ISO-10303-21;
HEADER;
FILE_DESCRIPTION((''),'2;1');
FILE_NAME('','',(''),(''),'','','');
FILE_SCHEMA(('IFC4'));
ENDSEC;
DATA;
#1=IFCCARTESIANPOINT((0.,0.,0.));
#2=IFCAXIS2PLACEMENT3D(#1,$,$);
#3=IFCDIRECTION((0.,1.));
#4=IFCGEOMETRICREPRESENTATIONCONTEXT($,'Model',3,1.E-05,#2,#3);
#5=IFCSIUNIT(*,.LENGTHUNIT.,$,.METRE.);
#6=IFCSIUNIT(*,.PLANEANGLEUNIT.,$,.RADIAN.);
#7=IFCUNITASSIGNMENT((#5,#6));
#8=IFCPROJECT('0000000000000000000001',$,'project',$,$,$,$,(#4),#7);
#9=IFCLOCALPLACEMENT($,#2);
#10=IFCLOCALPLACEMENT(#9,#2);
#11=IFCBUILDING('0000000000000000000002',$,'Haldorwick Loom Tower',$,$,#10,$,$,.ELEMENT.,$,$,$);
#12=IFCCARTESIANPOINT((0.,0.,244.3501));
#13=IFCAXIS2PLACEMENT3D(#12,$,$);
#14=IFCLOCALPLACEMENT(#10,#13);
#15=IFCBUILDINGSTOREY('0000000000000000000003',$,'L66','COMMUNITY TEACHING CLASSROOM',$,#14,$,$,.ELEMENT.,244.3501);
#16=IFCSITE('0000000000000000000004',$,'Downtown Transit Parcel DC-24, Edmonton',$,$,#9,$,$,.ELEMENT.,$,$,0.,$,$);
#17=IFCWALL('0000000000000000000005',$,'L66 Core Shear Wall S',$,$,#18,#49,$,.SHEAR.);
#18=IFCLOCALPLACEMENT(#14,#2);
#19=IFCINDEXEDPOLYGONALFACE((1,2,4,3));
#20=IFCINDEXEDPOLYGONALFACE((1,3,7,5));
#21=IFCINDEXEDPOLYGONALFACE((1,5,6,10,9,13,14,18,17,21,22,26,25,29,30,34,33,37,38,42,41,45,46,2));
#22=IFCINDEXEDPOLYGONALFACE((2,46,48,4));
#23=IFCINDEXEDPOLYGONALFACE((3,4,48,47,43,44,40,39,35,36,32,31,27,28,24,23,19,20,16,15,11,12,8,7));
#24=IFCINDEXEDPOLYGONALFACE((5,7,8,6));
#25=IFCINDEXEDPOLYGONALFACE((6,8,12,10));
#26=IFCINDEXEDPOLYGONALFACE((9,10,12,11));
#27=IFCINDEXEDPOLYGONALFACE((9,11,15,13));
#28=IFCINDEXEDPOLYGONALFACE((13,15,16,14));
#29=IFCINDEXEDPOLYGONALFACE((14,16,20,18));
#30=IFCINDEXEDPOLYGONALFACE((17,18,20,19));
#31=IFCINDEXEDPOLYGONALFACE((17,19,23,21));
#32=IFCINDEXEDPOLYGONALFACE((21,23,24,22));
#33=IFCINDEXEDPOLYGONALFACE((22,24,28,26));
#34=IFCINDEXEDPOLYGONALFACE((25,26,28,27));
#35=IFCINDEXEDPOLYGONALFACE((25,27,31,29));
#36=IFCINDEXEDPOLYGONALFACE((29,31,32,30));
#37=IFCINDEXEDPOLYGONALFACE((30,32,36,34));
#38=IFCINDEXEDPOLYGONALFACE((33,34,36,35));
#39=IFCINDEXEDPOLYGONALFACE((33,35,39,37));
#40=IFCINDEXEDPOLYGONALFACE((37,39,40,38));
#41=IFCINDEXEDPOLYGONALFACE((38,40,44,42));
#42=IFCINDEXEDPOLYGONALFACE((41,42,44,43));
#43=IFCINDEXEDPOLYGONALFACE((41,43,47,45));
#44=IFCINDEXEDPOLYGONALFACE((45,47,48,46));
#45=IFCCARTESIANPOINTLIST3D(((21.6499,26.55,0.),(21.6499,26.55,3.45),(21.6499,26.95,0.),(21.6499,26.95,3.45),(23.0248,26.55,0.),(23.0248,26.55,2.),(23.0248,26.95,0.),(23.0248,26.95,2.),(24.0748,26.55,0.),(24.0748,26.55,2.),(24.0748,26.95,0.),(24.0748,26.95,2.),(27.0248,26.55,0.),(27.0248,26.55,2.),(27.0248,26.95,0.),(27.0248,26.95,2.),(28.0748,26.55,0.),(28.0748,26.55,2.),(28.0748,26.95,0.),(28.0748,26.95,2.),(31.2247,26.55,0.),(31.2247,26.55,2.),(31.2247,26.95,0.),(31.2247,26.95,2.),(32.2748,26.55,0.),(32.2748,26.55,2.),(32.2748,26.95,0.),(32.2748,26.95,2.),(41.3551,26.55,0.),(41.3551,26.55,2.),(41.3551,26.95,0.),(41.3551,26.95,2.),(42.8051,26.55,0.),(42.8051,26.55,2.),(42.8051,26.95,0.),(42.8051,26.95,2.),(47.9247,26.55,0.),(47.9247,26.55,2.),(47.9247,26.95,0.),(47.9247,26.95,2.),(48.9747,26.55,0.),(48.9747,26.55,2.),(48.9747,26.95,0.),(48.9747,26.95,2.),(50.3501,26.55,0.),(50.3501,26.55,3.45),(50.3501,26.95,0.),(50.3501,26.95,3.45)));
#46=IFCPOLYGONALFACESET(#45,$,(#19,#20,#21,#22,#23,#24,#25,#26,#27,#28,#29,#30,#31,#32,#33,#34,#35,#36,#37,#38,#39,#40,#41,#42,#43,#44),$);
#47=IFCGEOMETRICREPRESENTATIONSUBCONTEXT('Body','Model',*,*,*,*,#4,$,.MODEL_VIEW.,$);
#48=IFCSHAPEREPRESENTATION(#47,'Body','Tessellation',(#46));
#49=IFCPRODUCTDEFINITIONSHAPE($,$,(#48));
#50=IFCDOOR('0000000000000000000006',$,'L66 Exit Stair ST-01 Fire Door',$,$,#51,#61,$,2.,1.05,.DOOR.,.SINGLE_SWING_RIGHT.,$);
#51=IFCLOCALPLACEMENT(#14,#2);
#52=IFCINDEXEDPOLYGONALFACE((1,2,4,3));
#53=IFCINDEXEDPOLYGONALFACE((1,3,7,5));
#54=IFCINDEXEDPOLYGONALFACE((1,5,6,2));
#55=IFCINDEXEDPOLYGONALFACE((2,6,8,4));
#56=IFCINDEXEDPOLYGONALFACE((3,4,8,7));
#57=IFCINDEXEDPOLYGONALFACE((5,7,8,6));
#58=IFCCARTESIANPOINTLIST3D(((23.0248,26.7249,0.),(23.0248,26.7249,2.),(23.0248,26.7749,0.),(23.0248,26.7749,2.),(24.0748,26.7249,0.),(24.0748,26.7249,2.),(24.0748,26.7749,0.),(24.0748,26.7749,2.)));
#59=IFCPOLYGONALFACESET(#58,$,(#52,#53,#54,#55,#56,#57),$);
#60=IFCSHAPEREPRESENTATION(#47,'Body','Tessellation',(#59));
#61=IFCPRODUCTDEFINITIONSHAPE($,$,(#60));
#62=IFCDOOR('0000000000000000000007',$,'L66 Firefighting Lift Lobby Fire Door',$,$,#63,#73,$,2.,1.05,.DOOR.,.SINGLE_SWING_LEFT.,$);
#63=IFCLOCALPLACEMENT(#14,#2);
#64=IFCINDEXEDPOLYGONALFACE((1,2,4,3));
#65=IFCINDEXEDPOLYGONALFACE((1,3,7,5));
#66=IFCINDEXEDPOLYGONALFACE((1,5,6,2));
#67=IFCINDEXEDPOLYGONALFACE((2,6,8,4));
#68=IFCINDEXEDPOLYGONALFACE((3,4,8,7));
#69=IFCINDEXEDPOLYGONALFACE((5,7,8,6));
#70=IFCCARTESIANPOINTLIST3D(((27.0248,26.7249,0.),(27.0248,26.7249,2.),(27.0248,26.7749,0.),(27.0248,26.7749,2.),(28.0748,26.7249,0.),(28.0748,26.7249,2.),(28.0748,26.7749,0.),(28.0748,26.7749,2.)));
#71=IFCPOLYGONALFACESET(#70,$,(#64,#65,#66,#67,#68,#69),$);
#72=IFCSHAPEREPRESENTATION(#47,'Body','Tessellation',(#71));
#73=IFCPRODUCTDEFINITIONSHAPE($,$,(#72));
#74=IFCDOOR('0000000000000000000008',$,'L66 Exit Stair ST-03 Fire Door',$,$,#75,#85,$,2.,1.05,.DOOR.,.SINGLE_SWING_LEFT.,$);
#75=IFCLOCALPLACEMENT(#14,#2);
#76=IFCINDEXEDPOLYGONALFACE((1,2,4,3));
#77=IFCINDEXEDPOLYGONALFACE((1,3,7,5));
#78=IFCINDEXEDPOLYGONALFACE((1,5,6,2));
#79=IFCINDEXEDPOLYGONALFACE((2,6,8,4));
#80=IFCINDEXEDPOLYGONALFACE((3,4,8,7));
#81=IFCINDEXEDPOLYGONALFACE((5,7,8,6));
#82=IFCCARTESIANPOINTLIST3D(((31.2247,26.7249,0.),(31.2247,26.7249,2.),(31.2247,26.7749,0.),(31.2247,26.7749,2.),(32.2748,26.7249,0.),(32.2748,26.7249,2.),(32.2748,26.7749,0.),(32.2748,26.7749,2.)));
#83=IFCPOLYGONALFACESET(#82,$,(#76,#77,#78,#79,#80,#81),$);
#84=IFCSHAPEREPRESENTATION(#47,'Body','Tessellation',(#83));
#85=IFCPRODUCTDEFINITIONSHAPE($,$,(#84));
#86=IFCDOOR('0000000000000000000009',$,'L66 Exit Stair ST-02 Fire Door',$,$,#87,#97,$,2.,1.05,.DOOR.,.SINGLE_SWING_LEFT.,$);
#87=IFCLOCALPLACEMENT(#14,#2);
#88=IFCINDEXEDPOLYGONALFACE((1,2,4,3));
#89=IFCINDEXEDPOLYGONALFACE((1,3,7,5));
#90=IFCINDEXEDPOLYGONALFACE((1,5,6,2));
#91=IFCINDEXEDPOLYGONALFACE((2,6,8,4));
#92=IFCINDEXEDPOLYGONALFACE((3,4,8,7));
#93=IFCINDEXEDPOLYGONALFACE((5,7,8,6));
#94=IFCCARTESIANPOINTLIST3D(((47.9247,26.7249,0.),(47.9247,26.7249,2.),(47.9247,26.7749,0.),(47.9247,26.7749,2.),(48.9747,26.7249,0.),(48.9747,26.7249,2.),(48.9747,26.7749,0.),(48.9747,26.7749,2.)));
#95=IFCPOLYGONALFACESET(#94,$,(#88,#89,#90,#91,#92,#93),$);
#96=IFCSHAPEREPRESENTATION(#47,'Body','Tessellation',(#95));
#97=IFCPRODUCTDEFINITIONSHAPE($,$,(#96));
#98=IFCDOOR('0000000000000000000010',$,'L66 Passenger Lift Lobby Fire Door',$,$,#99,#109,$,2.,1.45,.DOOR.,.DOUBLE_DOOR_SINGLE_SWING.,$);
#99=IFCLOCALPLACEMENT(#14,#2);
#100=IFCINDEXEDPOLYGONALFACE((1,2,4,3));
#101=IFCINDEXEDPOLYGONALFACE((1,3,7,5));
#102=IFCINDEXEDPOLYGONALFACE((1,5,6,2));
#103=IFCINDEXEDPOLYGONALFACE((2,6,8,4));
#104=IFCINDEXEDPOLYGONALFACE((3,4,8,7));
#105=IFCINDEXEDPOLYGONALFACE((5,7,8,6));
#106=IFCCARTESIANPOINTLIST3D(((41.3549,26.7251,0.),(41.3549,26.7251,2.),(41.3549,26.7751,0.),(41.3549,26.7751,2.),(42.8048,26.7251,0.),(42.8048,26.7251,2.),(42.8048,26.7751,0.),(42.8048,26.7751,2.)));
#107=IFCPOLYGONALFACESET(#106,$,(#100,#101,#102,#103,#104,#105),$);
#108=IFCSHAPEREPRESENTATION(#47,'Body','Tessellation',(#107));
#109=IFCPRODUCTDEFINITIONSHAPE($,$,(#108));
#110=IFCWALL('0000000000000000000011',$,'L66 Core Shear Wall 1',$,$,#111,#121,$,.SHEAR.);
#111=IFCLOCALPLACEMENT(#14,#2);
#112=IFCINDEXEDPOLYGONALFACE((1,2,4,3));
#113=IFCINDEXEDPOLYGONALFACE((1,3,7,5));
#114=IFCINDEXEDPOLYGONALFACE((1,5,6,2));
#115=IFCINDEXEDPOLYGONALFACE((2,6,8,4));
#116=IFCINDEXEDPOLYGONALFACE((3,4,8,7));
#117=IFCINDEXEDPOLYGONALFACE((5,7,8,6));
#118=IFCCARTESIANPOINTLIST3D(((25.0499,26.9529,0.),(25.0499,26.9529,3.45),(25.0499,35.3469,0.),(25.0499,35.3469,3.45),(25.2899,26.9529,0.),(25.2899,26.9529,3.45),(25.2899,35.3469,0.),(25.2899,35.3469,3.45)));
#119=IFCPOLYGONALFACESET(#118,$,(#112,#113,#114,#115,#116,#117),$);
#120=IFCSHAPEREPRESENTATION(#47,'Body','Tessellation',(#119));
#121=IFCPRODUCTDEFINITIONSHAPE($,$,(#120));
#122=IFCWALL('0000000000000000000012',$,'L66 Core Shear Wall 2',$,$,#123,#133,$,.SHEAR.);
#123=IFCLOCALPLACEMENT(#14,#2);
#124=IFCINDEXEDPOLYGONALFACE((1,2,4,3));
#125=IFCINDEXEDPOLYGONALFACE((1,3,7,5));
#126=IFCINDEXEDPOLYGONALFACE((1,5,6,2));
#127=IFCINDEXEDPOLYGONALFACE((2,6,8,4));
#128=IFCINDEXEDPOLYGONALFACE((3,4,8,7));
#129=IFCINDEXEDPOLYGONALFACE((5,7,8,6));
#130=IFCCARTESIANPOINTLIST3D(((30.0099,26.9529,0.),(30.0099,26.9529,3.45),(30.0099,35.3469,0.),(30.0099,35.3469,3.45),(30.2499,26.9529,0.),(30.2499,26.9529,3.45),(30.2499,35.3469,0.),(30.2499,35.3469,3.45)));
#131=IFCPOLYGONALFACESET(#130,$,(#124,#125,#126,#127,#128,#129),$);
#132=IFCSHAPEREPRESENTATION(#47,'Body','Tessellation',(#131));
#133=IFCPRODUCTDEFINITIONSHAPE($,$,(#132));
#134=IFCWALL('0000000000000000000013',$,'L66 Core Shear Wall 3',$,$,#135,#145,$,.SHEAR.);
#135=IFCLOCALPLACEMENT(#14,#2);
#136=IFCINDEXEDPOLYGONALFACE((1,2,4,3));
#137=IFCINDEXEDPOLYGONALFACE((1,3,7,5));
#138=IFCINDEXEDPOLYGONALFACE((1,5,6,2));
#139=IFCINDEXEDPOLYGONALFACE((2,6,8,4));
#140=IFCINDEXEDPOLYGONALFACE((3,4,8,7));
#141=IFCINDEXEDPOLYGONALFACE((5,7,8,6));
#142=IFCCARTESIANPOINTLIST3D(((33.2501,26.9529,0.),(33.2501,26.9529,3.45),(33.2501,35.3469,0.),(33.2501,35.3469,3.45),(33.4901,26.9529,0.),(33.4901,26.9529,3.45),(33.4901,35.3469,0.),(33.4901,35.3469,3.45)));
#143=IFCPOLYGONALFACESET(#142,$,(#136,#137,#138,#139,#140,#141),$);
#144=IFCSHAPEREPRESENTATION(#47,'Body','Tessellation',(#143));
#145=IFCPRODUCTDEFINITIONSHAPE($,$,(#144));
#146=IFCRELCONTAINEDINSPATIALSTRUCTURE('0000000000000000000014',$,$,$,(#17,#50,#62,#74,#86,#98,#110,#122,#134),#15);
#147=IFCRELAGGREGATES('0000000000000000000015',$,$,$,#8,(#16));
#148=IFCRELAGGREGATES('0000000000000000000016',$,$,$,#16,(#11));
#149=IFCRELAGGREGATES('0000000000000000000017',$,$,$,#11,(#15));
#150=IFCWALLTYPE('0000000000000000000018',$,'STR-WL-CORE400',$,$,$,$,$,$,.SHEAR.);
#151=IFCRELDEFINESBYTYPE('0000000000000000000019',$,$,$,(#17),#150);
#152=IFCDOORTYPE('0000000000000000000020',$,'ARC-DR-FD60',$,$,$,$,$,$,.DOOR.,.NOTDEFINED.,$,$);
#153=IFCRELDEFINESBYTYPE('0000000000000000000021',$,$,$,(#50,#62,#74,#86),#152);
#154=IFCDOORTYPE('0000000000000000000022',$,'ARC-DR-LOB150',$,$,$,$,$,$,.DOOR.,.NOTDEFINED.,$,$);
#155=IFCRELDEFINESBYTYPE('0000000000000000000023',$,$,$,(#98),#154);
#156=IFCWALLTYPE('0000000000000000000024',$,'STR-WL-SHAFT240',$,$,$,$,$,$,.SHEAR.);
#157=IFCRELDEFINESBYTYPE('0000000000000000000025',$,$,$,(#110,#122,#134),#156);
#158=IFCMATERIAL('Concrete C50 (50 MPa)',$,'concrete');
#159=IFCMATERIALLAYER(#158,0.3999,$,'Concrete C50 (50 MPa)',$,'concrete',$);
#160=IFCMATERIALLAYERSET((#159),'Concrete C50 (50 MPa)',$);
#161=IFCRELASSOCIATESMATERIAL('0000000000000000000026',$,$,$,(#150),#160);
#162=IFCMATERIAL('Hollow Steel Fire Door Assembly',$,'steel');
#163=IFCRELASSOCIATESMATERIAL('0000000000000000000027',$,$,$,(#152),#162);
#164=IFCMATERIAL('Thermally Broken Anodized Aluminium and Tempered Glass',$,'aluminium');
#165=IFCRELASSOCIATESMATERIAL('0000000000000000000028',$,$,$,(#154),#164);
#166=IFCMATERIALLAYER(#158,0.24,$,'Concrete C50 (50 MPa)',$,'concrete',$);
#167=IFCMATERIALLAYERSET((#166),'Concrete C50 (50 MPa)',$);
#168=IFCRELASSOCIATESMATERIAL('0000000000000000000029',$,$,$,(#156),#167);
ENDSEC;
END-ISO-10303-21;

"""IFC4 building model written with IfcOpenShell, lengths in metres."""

from ifc_helpers import new_model, si_unit, direction, frame, frame_2d, origin, place, context, subcontext, project, spatial, rectangle, extrude, material, layer, layer_set, type_object, element, fill, save


model = new_model("IFC4")

# Units and contexts
model_context = context("Model", 3, precision=1e-05, world=origin(), true_north=direction((0.0, 1.0)))
body_context = subcontext(model_context, "Body", "Model", "MODEL_VIEW")
ifc_project = project(units=[si_unit("LENGTHUNIT", "METRE"), si_unit("PLANEANGLEUNIT", "RADIAN")], contexts=[model_context])

# Site, building, storey
site_placement = place(None, origin())
site = spatial("IfcSite", under=ifc_project, at=site_placement, Name="Downtown Transit Parcel DC-24, Edmonton", CompositionType="ELEMENT", RefElevation=0.0)
building_placement = place(site_placement, origin())
building = spatial("IfcBuilding", under=site, at=building_placement, Name="Haldorwick Loom Tower", CompositionType="ELEMENT")
storey_placement = place(building_placement, frame((0.0, 0.0, 244.3501)))
storey = spatial("IfcBuildingStorey", under=building, at=storey_placement, Name="L66", Description="COMMUNITY TEACHING CLASSROOM", CompositionType="ELEMENT", Elevation=244.3501)

# Shared definitions
ifc_material_1 = material(Name="Concrete C50 (50 MPa)", Category="concrete")

# Shared definitions
ifc_material_2 = material(Name="Hollow Steel Fire Door Assembly", Category="steel")

# Wall, openings, doors
ifc_layer_1 = layer(ifc_material_1, 0.3999, Name="Concrete C50 (50 MPa)", Category="concrete")
ifc_layer_set_1 = layer_set([ifc_layer_1], Name="Concrete C50 (50 MPa)")
wall_type_1 = type_object("IfcWallType", Name="STR-WL-CORE400", PredefinedType="SHEAR", material=ifc_layer_set_1)
wall_1_placement = place(storey_placement, frame((21.6499, 26.75, 0.0), z_axis=(0.0, 0.0, 1.0), x_axis=(1.0, 0.0, 0.0)))
wall_1 = element("IfcWall", 1, at=wall_1_placement, inside=storey, type_object=wall_type_1, Name="L66 Core Shear Wall S", PredefinedType="SHEAR", context=body_context, shape_type="SweptSolid", body=[
    extrude(rectangle(XDim=28.7002, YDim=0.3999, at=frame_2d((14.3501, 0.0))), origin(), (0.0, 0.0, 1.0), 3.45),
])
opening_1_placement = place(wall_1_placement, frame((1.375, 0.0, 0.0)))
opening_1 = element("IfcOpeningElement", 2, at=opening_1_placement, cuts=wall_1, PredefinedType="OPENING", context=body_context, shape_type="SweptSolid", body=[
    extrude(rectangle(XDim=1.05, YDim=2.0, at=frame_2d((0.5249, 1.0))), frame((0.0, 0.21, 0.0), z_axis=(0.0, -1.0, 0.0), x_axis=(1.0, 0.0, 0.0)), (0.0, 0.0, 1.0), 0.4199),
])
opening_2_placement = place(wall_1_placement, frame((5.375, 0.0, 0.0)))
opening_2 = element("IfcOpeningElement", 3, at=opening_2_placement, cuts=wall_1, PredefinedType="OPENING", context=body_context, shape_type="SweptSolid", body=[
    extrude(rectangle(XDim=1.05, YDim=2.0, at=frame_2d((0.5249, 1.0))), frame((0.0, 0.21, 0.0), z_axis=(0.0, -1.0, 0.0), x_axis=(1.0, 0.0, 0.0)), (0.0, 0.0, 1.0), 0.4199),
])
opening_3_placement = place(wall_1_placement, frame((9.575, 0.0, 0.0)))
opening_3 = element("IfcOpeningElement", 4, at=opening_3_placement, cuts=wall_1, PredefinedType="OPENING", context=body_context, shape_type="SweptSolid", body=[
    extrude(rectangle(XDim=1.05, YDim=2.0, at=frame_2d((0.5249, 1.0))), frame((0.0, 0.21, 0.0), z_axis=(0.0, -1.0, 0.0), x_axis=(1.0, 0.0, 0.0)), (0.0, 0.0, 1.0), 0.4199),
])
opening_4_placement = place(wall_1_placement, frame((19.7051, 0.0, 0.0)))
opening_4 = element("IfcOpeningElement", 5, at=opening_4_placement, cuts=wall_1, PredefinedType="OPENING", context=body_context, shape_type="SweptSolid", body=[
    extrude(rectangle(XDim=1.45, YDim=2.0, at=frame_2d((0.7251, 1.0))), frame((0.0, 0.21, 0.0), z_axis=(0.0, -1.0, 0.0), x_axis=(1.0, 0.0, 0.0)), (0.0, 0.0, 1.0), 0.4199),
])
opening_5_placement = place(wall_1_placement, frame((26.2749, 0.0, 0.0)))
opening_5 = element("IfcOpeningElement", 6, at=opening_5_placement, cuts=wall_1, PredefinedType="OPENING", context=body_context, shape_type="SweptSolid", body=[
    extrude(rectangle(XDim=1.05, YDim=2.0, at=frame_2d((0.5249, 1.0))), frame((0.0, 0.21, 0.0), z_axis=(0.0, -1.0, 0.0), x_axis=(1.0, 0.0, 0.0)), (0.0, 0.0, 1.0), 0.4199),
])
door_type_1 = type_object("IfcDoorType", Name="ARC-DR-FD60", OperationType="NOTDEFINED", PredefinedType="DOOR", material=ifc_material_2)
door_1_placement = place(opening_1_placement, origin())
door_1 = element("IfcDoor", 7, at=door_1_placement, inside=storey, type_object=door_type_1, Name="L66 Exit Stair ST-01 Fire Door", OperationType="SINGLE_SWING_RIGHT", OverallHeight=2.0, OverallWidth=1.05, PredefinedType="DOOR", context=body_context, shape_type="SweptSolid", body=[
    extrude(rectangle(XDim=1.05, YDim=2.0, at=frame_2d((0.5249, 1.0))), frame((0.0, 0.0249, 0.0), z_axis=(0.0, -1.0, 0.0), x_axis=(1.0, 0.0, 0.0)), (0.0, 0.0, 1.0), 0.05),
])
fill(opening_1, door_1)
door_2_placement = place(opening_2_placement, origin())
door_2 = element("IfcDoor", 8, at=door_2_placement, inside=storey, type_object=door_type_1, Name="L66 Firefighting Lift Lobby Fire Door", OperationType="SINGLE_SWING_LEFT", OverallHeight=2.0, OverallWidth=1.05, PredefinedType="DOOR", context=body_context, shape_type="SweptSolid", body=[
    extrude(rectangle(XDim=1.05, YDim=2.0, at=frame_2d((0.5249, 1.0))), frame((0.0, 0.0249, 0.0), z_axis=(0.0, -1.0, 0.0), x_axis=(1.0, 0.0, 0.0)), (0.0, 0.0, 1.0), 0.05),
])
fill(opening_2, door_2)
door_3_placement = place(opening_3_placement, origin())
door_3 = element("IfcDoor", 9, at=door_3_placement, inside=storey, type_object=door_type_1, Name="L66 Exit Stair ST-03 Fire Door", OperationType="SINGLE_SWING_LEFT", OverallHeight=2.0, OverallWidth=1.05, PredefinedType="DOOR", context=body_context, shape_type="SweptSolid", body=[
    extrude(rectangle(XDim=1.05, YDim=2.0, at=frame_2d((0.5249, 1.0))), frame((0.0, 0.0249, 0.0), z_axis=(0.0, -1.0, 0.0), x_axis=(1.0, 0.0, 0.0)), (0.0, 0.0, 1.0), 0.05),
])
fill(opening_3, door_3)
door_4_placement = place(opening_5_placement, origin())
door_4 = element("IfcDoor", 10, at=door_4_placement, inside=storey, type_object=door_type_1, Name="L66 Exit Stair ST-02 Fire Door", OperationType="SINGLE_SWING_LEFT", OverallHeight=2.0, OverallWidth=1.05, PredefinedType="DOOR", context=body_context, shape_type="SweptSolid", body=[
    extrude(rectangle(XDim=1.05, YDim=2.0, at=frame_2d((0.5249, 1.0))), frame((0.0, 0.0249, 0.0), z_axis=(0.0, -1.0, 0.0), x_axis=(1.0, 0.0, 0.0)), (0.0, 0.0, 1.0), 0.05),
])
fill(opening_5, door_4)
ifc_material_3 = material(Name="Thermally Broken Anodized Aluminium and Tempered Glass", Category="aluminium")
door_type_2 = type_object("IfcDoorType", Name="ARC-DR-LOB150", OperationType="NOTDEFINED", PredefinedType="DOOR", material=ifc_material_3)
door_5_placement = place(opening_4_placement, frame((1.45, 0.0, 0.0), z_axis=(0.0, 0.0, 1.0), x_axis=(-1.0, 0.0, 0.0)))
door_5 = element("IfcDoor", 11, at=door_5_placement, inside=storey, type_object=door_type_2, Name="L66 Passenger Lift Lobby Fire Door", OperationType="DOUBLE_DOOR_SINGLE_SWING", OverallHeight=2.0, OverallWidth=1.45, PredefinedType="DOOR", context=body_context, shape_type="SweptSolid", body=[
    extrude(rectangle(XDim=1.45, YDim=2.0, at=frame_2d((0.7251, 1.0))), frame((0.0, 0.0249, 0.0), z_axis=(0.0, -1.0, 0.0), x_axis=(1.0, 0.0, 0.0)), (0.0, 0.0, 1.0), 0.05),
])
fill(opening_4, door_5)

# Walls
ifc_layer_2 = layer(ifc_material_1, 0.24, Name="Concrete C50 (50 MPa)", Category="concrete")
ifc_layer_set_2 = layer_set([ifc_layer_2], Name="Concrete C50 (50 MPa)")
wall_type_2 = type_object("IfcWallType", Name="STR-WL-SHAFT240", PredefinedType="SHEAR", material=ifc_layer_set_2)
for number, where, z_axis, x_axis, name in (
    (12, (25.1699, 26.9529, 0.0), (0.0, 0.0, 1.0), (0.0, 1.0, 0.0), "L66 Core Shear Wall 1"),
    (13, (30.1299, 26.9529, 0.0), (0.0, 0.0, 1.0), (0.0, 1.0, 0.0), "L66 Core Shear Wall 2"),
    (14, (33.3701, 26.9529, 0.0), (0.0, 0.0, 1.0), (0.0, 1.0, 0.0), "L66 Core Shear Wall 3"),
):
    element("IfcWall", number, at=place(storey_placement, frame(where, z_axis=z_axis, x_axis=x_axis)), inside=storey, type_object=wall_type_2, Name=name, PredefinedType="SHEAR", context=body_context, shape_type="SweptSolid", body=[
        extrude(rectangle(XDim=8.394, YDim=0.24, at=frame_2d((4.197, 0.0))), origin(), (0.0, 0.0, 1.0), 3.45),
    ])

save(model, "model.ifc")
